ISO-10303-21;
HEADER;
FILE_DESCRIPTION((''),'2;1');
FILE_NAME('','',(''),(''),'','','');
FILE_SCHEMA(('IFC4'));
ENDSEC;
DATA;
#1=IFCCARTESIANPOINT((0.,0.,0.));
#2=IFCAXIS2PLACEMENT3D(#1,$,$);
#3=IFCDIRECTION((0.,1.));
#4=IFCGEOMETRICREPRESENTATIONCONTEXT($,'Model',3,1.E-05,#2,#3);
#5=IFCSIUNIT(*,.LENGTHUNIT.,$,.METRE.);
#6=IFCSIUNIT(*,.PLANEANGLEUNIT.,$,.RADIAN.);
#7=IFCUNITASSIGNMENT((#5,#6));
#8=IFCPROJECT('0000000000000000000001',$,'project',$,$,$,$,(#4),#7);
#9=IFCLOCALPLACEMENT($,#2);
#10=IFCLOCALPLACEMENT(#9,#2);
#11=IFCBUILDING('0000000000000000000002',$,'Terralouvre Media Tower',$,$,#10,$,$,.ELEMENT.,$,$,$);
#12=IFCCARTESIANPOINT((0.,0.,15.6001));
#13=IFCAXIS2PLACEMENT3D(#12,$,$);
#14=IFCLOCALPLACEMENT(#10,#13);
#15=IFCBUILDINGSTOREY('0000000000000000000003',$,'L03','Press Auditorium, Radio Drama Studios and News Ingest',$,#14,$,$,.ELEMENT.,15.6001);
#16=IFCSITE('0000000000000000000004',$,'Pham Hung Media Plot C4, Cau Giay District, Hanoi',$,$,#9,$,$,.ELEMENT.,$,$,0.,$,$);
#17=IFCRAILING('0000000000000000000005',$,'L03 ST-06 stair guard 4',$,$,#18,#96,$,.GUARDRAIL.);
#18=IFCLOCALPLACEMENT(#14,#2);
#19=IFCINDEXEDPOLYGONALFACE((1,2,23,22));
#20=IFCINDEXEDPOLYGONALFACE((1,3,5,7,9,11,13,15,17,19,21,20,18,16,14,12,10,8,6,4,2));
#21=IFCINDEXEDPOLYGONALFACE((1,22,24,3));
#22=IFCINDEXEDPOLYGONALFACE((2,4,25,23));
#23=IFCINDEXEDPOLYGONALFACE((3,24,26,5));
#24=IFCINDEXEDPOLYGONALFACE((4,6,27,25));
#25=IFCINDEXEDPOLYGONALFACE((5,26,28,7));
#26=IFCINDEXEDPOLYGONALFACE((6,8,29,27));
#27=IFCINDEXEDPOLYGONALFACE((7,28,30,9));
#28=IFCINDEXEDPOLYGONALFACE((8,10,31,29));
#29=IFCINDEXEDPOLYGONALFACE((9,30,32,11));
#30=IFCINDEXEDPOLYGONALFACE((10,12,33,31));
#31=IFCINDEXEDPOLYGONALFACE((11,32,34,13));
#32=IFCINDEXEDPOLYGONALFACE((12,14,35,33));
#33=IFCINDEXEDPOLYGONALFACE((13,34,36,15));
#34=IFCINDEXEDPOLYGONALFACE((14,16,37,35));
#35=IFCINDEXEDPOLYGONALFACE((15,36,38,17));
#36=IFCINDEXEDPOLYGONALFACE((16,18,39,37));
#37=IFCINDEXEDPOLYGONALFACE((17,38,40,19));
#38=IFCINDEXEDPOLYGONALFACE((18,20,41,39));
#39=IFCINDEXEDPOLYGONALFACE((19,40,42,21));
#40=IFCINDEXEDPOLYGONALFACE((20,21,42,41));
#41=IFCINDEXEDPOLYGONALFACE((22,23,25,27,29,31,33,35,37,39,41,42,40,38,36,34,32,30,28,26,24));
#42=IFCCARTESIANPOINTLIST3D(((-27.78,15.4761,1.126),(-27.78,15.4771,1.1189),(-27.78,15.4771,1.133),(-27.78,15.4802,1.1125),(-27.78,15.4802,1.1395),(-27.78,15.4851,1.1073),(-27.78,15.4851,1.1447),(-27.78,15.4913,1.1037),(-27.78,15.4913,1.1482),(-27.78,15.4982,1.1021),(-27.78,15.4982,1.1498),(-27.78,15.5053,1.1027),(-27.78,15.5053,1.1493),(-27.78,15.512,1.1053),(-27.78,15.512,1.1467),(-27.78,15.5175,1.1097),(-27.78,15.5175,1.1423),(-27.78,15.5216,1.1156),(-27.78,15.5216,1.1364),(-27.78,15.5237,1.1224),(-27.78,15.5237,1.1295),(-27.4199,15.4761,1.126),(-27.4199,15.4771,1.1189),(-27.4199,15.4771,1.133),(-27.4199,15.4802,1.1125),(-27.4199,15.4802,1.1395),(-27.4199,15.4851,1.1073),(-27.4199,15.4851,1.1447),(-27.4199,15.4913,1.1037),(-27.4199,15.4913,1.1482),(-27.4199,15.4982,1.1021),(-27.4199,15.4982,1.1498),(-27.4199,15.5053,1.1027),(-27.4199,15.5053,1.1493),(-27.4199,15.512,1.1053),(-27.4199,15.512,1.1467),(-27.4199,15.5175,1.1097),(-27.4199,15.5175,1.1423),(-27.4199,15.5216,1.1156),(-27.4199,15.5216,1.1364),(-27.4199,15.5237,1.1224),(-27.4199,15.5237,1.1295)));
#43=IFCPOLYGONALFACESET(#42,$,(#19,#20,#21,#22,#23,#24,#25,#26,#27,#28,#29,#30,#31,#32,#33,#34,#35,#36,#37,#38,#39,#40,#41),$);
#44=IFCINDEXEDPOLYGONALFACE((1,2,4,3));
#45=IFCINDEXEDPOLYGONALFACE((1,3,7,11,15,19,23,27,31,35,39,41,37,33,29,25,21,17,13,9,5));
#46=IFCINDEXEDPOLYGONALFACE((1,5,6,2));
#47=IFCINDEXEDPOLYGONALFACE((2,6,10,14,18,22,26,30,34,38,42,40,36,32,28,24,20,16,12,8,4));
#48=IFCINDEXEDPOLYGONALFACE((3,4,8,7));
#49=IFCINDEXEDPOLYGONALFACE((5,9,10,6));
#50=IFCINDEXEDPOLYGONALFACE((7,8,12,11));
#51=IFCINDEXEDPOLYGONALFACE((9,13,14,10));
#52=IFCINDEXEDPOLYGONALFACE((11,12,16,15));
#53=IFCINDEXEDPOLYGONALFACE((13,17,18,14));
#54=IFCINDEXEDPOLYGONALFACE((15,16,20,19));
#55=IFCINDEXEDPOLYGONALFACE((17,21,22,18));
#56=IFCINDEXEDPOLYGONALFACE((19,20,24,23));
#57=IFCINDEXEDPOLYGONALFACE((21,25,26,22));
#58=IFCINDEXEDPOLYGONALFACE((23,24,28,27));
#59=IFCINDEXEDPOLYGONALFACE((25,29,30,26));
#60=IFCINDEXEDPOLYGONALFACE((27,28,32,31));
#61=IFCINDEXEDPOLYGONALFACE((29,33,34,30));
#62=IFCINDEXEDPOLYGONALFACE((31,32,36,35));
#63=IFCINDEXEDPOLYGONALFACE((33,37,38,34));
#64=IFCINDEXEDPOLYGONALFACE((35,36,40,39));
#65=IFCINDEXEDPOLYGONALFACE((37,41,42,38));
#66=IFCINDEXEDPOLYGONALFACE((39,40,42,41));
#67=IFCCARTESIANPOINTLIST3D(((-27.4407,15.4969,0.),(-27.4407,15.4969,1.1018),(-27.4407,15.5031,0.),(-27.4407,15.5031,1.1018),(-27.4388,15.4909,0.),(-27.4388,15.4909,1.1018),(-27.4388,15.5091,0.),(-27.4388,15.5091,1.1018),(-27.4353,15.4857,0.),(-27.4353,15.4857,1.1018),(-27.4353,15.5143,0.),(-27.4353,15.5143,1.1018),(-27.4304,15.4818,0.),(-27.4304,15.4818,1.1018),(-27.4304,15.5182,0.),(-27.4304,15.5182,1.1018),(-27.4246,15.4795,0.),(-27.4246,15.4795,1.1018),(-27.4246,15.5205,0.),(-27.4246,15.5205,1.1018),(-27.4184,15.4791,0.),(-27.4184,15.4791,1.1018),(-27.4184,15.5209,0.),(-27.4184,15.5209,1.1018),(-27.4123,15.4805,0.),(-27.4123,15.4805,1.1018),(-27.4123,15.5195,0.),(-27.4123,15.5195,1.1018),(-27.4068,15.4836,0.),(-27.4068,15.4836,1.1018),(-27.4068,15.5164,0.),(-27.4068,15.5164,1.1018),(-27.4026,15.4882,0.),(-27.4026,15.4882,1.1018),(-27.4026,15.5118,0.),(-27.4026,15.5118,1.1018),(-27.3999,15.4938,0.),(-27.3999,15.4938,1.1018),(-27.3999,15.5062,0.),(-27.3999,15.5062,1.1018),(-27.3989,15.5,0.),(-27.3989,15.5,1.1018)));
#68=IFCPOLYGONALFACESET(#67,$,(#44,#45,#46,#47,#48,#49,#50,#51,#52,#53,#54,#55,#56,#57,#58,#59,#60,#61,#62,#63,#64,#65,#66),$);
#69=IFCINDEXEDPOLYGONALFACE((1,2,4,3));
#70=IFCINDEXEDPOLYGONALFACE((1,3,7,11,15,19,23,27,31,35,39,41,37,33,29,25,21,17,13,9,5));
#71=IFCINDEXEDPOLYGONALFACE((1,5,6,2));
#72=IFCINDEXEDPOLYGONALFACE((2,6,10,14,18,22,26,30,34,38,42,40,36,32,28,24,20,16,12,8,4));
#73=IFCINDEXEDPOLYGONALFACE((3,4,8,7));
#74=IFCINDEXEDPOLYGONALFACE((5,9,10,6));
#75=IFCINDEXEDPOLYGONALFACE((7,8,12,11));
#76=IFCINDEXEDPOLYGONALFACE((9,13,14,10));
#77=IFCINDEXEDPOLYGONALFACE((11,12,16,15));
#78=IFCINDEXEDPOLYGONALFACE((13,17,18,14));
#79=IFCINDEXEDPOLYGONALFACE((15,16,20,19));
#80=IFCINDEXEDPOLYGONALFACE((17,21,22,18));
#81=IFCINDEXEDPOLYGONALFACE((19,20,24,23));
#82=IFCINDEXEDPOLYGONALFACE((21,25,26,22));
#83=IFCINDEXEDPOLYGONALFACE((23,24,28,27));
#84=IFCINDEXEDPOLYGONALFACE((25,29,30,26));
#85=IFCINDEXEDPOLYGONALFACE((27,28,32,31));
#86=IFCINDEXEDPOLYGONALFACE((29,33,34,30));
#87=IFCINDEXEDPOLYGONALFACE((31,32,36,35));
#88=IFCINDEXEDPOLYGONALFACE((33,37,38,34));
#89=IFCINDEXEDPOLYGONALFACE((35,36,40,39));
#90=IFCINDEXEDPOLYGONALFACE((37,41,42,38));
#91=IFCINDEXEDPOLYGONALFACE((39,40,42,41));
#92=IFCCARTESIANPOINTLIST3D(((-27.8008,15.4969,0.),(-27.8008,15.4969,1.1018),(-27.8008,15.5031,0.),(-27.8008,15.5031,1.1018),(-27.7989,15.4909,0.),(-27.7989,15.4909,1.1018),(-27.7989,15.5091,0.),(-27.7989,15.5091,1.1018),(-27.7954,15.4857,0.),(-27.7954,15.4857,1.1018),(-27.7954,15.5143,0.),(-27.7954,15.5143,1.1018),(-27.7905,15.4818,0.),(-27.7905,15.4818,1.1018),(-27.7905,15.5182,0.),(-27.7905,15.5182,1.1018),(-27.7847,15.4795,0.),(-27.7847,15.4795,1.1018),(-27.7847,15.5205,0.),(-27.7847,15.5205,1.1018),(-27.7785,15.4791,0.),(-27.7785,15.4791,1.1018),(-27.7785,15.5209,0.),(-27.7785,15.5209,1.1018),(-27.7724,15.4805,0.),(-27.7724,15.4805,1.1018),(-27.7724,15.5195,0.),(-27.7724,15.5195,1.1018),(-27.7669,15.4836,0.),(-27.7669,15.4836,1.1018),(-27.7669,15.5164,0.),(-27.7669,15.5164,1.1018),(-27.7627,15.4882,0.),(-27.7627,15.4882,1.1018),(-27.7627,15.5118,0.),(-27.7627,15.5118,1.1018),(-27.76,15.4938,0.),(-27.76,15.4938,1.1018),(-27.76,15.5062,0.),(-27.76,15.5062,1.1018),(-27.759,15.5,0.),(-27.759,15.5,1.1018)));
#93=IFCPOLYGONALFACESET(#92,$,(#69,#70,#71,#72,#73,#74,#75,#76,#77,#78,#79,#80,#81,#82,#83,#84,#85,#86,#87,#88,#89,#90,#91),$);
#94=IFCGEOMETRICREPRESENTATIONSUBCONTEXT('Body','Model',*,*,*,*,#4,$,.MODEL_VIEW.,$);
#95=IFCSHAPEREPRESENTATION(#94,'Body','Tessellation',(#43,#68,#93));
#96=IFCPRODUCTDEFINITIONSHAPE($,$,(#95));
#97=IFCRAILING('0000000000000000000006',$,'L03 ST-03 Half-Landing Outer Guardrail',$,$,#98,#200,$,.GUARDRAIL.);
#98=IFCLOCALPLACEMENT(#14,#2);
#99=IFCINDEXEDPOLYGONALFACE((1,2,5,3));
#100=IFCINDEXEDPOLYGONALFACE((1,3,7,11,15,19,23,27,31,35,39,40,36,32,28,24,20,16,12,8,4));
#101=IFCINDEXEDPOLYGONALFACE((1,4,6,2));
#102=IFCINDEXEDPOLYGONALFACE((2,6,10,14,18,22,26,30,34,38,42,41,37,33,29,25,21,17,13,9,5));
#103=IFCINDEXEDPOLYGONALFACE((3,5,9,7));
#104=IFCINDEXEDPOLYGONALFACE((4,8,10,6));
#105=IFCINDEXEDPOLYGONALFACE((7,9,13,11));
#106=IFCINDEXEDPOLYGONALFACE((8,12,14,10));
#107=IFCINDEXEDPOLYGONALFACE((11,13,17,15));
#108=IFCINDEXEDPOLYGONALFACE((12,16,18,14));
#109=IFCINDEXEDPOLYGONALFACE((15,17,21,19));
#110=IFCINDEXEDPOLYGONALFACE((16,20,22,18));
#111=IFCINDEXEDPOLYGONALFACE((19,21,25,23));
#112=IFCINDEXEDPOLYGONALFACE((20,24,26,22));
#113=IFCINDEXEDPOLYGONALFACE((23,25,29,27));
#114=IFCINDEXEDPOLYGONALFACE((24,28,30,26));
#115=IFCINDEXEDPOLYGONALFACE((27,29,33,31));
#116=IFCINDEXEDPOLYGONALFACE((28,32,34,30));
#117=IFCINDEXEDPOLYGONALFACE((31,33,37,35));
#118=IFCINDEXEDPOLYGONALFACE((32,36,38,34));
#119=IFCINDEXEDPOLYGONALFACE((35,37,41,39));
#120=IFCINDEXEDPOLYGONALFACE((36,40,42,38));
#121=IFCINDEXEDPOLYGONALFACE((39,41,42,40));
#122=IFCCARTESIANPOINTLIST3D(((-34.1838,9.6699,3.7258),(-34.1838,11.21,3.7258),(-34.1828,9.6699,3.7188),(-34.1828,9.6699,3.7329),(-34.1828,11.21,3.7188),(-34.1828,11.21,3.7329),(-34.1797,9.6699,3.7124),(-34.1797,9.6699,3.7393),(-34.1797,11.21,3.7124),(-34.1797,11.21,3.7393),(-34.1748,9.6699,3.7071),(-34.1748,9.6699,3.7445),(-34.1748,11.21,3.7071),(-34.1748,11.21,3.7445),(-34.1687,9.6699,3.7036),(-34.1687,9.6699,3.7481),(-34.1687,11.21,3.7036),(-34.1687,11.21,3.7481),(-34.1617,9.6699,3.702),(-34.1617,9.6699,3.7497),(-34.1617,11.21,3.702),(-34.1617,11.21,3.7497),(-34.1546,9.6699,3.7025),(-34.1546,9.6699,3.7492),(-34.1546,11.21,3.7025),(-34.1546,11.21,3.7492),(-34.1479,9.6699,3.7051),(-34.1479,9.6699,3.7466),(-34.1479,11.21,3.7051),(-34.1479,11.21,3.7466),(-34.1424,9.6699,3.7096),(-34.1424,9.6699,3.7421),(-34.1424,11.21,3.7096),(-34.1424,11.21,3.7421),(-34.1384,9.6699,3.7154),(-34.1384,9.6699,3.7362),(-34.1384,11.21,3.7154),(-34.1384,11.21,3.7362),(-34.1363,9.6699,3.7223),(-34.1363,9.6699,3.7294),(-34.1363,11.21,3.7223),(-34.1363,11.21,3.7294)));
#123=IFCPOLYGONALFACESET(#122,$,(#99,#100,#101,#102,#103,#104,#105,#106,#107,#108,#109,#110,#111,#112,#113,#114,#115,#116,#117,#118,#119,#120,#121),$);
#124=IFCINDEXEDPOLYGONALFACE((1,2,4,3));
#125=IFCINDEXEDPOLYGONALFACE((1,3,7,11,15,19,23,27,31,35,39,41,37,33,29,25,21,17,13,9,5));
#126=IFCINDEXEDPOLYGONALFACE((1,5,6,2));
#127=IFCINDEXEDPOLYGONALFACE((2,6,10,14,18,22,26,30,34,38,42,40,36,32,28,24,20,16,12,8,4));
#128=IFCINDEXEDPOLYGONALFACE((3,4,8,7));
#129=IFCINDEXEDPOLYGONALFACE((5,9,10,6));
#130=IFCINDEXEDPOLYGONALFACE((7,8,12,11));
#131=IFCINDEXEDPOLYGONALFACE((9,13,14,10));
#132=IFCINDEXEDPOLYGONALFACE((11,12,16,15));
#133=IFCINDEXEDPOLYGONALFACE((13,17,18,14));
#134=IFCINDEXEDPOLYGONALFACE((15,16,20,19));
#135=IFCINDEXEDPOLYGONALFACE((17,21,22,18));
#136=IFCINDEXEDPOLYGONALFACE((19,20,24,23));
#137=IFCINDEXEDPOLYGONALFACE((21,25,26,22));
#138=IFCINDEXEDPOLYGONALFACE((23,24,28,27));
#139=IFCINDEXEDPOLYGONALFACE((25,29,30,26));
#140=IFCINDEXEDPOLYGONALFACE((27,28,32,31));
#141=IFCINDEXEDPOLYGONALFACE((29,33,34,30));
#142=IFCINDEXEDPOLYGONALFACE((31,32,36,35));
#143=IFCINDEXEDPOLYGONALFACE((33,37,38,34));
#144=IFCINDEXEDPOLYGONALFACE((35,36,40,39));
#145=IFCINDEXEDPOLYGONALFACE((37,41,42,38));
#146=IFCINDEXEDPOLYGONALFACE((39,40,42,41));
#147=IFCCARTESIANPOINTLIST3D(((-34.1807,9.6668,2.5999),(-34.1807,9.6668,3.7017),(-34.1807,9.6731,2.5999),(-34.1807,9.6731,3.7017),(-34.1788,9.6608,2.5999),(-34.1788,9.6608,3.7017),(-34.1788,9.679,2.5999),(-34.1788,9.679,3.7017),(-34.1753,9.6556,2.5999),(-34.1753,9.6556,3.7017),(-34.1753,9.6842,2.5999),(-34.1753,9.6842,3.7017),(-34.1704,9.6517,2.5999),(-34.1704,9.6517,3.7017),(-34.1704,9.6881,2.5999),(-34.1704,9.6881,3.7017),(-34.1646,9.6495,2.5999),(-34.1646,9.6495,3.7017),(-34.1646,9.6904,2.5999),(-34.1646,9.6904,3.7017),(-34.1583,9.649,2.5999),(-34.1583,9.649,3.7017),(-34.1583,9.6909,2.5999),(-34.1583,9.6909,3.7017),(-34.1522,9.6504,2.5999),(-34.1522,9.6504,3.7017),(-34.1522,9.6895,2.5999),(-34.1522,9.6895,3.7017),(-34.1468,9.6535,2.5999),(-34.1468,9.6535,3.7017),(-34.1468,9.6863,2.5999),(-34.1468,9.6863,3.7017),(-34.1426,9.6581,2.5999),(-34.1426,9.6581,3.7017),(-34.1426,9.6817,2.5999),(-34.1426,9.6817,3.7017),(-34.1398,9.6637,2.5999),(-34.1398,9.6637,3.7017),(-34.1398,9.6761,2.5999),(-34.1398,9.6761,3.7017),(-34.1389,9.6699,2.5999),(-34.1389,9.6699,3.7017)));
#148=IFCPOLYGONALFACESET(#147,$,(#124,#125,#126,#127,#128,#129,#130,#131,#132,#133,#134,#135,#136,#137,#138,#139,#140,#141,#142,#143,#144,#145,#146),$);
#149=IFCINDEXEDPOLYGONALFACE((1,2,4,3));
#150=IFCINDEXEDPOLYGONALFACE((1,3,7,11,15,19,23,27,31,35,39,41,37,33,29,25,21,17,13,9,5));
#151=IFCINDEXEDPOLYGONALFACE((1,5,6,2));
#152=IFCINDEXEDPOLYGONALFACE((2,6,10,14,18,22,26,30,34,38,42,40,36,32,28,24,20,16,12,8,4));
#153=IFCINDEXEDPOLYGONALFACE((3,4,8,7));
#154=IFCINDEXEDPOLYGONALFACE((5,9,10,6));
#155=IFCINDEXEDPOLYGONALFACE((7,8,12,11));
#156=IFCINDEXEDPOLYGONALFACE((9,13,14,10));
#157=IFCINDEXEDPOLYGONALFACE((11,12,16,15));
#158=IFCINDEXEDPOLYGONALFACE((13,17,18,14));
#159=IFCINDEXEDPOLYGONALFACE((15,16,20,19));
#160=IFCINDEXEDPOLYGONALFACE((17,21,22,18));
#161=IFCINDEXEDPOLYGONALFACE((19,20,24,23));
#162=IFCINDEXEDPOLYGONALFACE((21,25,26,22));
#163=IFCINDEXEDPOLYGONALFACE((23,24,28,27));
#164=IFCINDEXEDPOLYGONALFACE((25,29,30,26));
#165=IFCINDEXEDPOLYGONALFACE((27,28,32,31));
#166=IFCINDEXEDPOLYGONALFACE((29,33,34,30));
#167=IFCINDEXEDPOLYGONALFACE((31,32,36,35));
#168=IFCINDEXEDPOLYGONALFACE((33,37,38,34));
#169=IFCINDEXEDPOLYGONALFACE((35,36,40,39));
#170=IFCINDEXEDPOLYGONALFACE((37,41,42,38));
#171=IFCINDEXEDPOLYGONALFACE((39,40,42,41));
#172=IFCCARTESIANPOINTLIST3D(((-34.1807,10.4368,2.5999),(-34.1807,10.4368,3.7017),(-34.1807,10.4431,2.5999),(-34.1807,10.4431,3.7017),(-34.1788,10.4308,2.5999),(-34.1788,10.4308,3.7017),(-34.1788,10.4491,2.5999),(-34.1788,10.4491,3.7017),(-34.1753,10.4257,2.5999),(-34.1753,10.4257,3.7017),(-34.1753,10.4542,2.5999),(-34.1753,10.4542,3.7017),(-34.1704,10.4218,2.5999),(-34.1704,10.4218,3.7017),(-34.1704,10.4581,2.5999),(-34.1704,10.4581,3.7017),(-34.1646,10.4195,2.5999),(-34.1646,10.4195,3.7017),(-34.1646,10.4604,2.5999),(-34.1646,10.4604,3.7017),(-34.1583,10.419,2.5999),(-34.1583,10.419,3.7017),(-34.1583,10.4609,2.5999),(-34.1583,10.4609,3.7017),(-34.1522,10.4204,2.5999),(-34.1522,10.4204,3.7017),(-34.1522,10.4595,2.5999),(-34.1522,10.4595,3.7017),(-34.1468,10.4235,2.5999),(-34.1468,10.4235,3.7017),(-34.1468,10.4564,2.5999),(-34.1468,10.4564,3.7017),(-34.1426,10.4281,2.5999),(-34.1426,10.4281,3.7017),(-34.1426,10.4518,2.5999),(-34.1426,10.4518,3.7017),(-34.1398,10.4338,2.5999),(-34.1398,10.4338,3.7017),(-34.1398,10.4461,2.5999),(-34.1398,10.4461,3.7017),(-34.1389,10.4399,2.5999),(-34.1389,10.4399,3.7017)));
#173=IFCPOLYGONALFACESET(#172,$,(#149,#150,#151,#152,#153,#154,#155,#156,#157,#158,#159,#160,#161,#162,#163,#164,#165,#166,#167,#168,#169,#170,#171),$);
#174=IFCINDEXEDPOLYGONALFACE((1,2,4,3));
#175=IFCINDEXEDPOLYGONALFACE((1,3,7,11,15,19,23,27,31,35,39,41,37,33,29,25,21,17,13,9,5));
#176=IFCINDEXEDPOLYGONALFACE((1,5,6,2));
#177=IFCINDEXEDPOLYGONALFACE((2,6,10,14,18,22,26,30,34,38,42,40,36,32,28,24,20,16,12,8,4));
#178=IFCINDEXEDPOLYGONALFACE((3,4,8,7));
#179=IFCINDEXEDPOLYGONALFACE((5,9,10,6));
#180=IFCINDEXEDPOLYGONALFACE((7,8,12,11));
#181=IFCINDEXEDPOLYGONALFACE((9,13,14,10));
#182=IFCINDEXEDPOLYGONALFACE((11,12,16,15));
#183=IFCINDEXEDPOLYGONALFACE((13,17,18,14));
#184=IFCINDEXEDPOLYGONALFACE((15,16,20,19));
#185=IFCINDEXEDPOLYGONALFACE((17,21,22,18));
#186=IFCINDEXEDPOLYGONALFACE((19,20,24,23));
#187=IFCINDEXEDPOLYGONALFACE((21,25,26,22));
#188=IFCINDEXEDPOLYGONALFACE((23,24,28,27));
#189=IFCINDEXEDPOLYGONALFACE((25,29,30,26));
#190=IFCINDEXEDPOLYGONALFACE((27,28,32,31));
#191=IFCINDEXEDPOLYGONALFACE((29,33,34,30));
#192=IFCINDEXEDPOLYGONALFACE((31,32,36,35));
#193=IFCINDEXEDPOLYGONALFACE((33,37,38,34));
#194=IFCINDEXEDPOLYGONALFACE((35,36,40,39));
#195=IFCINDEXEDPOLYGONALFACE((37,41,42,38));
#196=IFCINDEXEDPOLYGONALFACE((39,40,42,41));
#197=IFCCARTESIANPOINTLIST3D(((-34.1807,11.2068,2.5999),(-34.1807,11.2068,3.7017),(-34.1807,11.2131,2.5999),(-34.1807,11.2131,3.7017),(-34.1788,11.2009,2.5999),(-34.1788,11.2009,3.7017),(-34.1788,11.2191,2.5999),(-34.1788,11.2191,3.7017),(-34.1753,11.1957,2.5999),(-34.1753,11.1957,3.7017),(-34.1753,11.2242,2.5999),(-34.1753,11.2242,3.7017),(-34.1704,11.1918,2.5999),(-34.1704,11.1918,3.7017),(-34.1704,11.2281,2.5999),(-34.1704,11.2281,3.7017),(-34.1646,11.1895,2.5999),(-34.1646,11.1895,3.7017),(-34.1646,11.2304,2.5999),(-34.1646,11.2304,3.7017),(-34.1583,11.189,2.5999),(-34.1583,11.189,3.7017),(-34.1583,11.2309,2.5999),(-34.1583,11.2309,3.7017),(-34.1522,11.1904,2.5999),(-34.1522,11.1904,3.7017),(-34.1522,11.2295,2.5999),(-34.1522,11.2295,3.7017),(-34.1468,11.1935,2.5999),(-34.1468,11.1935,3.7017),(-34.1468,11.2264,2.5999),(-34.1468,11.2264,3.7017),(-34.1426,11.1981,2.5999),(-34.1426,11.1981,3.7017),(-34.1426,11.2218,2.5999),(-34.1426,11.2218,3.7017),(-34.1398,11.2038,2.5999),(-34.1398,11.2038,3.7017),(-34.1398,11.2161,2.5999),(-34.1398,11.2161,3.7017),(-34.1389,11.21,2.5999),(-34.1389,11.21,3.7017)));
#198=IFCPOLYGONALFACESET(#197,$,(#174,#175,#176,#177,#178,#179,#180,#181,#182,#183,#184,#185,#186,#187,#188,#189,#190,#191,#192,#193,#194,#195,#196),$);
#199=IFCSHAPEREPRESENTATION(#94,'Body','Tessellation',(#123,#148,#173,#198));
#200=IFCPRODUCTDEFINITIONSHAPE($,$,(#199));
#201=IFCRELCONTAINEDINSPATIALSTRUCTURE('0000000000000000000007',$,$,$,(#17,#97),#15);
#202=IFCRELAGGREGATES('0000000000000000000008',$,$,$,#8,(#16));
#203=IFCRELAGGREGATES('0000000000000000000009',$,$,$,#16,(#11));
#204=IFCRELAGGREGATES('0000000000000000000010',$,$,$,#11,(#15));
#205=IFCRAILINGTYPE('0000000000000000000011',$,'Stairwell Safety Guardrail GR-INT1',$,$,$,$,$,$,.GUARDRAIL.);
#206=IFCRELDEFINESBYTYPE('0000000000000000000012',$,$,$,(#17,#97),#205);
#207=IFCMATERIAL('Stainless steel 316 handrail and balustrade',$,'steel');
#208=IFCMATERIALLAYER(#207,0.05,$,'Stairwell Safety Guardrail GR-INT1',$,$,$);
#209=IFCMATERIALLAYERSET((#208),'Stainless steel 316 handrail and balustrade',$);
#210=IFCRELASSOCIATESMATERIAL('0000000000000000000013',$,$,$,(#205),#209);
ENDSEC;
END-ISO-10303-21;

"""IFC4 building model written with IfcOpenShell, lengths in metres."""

from ifc_helpers import new_model, si_unit, direction, frame, origin, origin_2d, place, context, subcontext, project, spatial, circle, extrude, material, layer, layer_set, type_object, element, save


model = new_model("IFC4")

# Units and contexts
model_context = context("Model", 3, precision=1e-05, world=origin(), true_north=direction((0.0, 1.0)))
body_context = subcontext(model_context, "Body", "Model", "MODEL_VIEW")
ifc_project = project(units=[si_unit("LENGTHUNIT", "METRE"), si_unit("PLANEANGLEUNIT", "RADIAN")], contexts=[model_context])

# Site, building, storey
site_placement = place(None, origin())
site = spatial("IfcSite", under=ifc_project, at=site_placement, Name="Pham Hung Media Plot C4, Cau Giay District, Hanoi", CompositionType="ELEMENT", RefElevation=0.0)
building_placement = place(site_placement, origin())
building = spatial("IfcBuilding", under=site, at=building_placement, Name="Terralouvre Media Tower", CompositionType="ELEMENT")
storey_placement = place(building_placement, frame((0.0, 0.0, 15.6001)))
storey = spatial("IfcBuildingStorey", under=building, at=storey_placement, Name="L03", Description="Press Auditorium, Radio Drama Studios and News Ingest", CompositionType="ELEMENT", Elevation=15.6001)

# Railings
ifc_material_1 = material(Name="Stainless steel 316 handrail and balustrade", Category="steel")
ifc_layer_1 = layer(ifc_material_1, 0.05, Name="Stairwell Safety Guardrail GR-INT1")
ifc_layer_set_1 = layer_set([ifc_layer_1], Name="Stainless steel 316 handrail and balustrade")
railing_type_1 = type_object("IfcRailingType", Name="Stairwell Safety Guardrail GR-INT1", PredefinedType="GUARDRAIL", material=ifc_layer_set_1)
railing_1_placement = place(storey_placement, frame((-27.4199, 15.5, 0.0)))
element("IfcRailing", 1, at=railing_1_placement, inside=storey, type_object=railing_type_1, Name="L03 ST-06 stair guard 4", PredefinedType="GUARDRAIL", context=body_context, shape_type="SweptSolid", body=[
    extrude(circle(Radius=0.0239, at=origin_2d()), frame((0.0, 0.0, 1.126), z_axis=(-1.0, 0.0, 0.0), x_axis=(0.0, -1.0, 0.0)), (0.0, 0.0, 1.0), 0.3601),
    extrude(circle(Radius=0.021, at=origin_2d()), origin(), (0.0, 0.0, 1.0), 1.1018),
    extrude(circle(Radius=0.021, at=origin_2d()), frame((-0.3601, 0.0, 0.0)), (0.0, 0.0, 1.0), 1.1018),
])
railing_2_placement = place(storey_placement, frame((-34.1599, 9.6699, 2.5999)))
element("IfcRailing", 2, at=railing_2_placement, inside=storey, type_object=railing_type_1, Name="L03 ST-03 Half-Landing Outer Guardrail", PredefinedType="GUARDRAIL", context=body_context, shape_type="SweptSolid", body=[
    extrude(circle(Radius=0.0239, at=origin_2d()), frame((0.0, 0.0, 1.126), z_axis=(0.0, 1.0, 0.0), x_axis=(-1.0, 0.0, 0.0)), (0.0, 0.0, 1.0), 1.54),
    extrude(circle(Radius=0.021, at=origin_2d()), origin(), (0.0, 0.0, 1.0), 1.1018),
    extrude(circle(Radius=0.021, at=origin_2d()), frame((0.0, 0.77, 0.0)), (0.0, 0.0, 1.0), 1.1018),
    extrude(circle(Radius=0.021, at=origin_2d()), frame((0.0, 1.54, 0.0)), (0.0, 0.0, 1.0), 1.1018),
])

save(model, "model.ifc")
